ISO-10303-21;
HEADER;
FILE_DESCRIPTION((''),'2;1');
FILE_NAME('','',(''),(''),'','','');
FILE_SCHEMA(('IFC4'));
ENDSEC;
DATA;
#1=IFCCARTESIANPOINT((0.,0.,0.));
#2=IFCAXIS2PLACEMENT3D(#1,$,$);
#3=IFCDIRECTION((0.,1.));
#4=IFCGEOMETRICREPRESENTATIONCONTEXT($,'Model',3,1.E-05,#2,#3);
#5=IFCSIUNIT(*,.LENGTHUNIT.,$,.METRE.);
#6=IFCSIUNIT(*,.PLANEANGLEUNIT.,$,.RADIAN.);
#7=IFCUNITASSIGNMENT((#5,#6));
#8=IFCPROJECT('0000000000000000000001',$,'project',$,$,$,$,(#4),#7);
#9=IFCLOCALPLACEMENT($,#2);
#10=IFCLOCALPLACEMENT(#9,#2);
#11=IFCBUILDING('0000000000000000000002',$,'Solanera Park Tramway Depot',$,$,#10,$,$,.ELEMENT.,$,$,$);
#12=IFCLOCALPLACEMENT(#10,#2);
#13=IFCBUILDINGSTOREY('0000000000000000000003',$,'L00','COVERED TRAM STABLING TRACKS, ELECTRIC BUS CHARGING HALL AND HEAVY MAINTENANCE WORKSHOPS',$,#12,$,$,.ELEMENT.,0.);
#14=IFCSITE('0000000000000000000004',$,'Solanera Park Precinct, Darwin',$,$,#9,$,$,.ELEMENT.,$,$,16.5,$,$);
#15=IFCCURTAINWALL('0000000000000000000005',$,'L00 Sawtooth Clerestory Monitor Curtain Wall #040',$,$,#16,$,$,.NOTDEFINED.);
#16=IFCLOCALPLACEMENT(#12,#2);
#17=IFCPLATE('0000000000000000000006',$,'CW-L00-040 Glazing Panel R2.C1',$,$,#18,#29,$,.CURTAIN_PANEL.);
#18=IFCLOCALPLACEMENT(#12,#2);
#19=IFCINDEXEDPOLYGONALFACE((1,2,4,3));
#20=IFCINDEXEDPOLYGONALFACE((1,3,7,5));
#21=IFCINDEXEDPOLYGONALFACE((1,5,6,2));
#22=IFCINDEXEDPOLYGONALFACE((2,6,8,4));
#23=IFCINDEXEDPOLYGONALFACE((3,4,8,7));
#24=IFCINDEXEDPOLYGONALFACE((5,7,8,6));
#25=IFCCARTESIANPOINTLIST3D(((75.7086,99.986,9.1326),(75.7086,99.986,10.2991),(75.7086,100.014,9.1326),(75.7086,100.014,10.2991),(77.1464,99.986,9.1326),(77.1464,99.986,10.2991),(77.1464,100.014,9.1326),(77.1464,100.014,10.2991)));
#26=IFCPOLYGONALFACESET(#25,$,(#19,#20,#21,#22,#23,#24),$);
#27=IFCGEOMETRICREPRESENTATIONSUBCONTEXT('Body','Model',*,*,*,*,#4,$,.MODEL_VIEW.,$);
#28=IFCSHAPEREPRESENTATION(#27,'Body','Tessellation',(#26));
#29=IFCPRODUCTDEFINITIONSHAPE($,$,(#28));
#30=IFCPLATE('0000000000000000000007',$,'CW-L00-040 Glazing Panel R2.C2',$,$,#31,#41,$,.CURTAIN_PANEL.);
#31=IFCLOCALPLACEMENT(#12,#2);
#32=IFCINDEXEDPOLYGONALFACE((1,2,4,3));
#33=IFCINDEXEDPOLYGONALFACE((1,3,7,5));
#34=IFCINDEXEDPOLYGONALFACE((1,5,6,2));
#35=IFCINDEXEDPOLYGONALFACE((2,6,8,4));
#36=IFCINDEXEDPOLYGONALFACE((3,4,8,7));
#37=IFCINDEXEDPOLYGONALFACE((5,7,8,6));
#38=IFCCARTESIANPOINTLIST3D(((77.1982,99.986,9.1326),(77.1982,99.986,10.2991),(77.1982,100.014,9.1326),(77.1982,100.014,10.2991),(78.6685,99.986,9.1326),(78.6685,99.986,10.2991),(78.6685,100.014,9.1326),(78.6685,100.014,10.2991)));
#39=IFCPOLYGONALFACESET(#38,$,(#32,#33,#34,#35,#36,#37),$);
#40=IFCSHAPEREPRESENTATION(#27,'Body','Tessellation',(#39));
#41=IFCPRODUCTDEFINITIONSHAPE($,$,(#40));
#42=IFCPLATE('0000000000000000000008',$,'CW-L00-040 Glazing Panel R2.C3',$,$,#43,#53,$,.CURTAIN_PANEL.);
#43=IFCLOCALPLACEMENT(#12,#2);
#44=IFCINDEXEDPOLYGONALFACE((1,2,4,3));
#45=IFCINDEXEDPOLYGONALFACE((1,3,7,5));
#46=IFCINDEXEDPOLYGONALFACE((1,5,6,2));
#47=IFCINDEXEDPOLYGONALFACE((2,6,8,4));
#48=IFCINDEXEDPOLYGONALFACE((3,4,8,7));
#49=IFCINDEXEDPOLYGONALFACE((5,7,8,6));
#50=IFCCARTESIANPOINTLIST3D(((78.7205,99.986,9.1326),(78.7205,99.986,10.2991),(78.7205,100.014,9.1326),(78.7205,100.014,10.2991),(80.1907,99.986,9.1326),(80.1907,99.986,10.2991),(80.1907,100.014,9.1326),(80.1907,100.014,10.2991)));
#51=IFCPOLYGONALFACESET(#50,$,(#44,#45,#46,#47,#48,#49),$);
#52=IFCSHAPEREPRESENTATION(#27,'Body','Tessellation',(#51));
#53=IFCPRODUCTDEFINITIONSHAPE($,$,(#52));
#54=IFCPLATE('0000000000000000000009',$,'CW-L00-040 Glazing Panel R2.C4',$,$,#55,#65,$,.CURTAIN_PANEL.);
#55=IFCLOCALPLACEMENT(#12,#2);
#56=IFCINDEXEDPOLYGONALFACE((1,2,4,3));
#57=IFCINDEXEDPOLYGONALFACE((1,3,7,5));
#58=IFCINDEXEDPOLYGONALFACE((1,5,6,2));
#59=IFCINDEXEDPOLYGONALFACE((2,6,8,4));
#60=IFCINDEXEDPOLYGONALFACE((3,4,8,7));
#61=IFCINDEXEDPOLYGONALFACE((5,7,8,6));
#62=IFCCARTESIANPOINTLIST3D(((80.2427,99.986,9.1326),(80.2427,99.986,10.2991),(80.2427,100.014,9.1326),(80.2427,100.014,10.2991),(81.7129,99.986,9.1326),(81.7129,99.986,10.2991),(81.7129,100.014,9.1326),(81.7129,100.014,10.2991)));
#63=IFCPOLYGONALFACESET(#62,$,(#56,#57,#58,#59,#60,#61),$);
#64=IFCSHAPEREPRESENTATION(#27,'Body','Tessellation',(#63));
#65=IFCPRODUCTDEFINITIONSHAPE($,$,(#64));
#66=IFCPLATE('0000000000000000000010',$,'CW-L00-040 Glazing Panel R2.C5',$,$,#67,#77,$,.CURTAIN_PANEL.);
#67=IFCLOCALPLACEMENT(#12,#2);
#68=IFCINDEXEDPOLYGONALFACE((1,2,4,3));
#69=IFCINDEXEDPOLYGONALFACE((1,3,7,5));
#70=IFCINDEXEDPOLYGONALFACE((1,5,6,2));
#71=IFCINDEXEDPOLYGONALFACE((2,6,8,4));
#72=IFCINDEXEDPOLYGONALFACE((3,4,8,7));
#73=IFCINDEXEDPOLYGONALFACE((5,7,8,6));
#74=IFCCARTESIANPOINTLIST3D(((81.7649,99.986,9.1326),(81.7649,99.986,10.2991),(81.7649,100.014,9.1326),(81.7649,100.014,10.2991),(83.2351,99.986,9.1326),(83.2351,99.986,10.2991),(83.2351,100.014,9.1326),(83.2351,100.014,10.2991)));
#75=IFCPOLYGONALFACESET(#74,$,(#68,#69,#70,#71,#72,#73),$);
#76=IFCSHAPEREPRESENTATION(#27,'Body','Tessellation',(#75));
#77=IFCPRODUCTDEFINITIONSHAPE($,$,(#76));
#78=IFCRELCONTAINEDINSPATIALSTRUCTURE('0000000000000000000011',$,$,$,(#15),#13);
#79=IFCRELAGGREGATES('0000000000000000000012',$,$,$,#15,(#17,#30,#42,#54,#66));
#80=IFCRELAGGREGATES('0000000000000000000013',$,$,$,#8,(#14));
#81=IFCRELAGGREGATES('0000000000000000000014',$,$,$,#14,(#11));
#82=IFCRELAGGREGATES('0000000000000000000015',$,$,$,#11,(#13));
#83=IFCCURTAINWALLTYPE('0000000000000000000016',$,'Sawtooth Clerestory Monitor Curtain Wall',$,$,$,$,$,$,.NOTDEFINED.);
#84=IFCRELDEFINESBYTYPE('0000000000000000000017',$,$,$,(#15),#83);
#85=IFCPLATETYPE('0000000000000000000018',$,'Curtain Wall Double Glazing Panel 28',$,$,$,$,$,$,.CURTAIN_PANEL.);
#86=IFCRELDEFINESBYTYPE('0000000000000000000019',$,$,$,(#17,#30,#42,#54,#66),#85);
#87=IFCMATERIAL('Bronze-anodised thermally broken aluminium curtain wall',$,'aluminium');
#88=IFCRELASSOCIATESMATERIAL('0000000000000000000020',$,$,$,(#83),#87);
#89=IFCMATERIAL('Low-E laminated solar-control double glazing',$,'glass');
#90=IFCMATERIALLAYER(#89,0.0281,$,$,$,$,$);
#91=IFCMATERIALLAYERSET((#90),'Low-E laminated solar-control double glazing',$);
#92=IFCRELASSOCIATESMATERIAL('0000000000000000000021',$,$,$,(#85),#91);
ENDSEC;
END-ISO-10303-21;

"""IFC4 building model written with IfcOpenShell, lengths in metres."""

from ifc_helpers import new_model, si_unit, direction, frame, origin, origin_2d, place, context, subcontext, project, spatial, rectangle, extrude, material, layer, layer_set, type_object, element, aggregate, save


model = new_model("IFC4")

# Units and contexts
model_context = context("Model", 3, precision=1e-05, world=origin(), true_north=direction((0.0, 1.0)))
body_context = subcontext(model_context, "Body", "Model", "MODEL_VIEW")
ifc_project = project(units=[si_unit("LENGTHUNIT", "METRE"), si_unit("PLANEANGLEUNIT", "RADIAN")], contexts=[model_context])

# Site, building, storey
site_placement = place(None, origin())
site = spatial("IfcSite", under=ifc_project, at=site_placement, Name="Solanera Park Precinct, Darwin", CompositionType="ELEMENT", RefElevation=16.5)
building_placement = place(site_placement, origin())
building = spatial("IfcBuilding", under=site, at=building_placement, Name="Solanera Park Tramway Depot", CompositionType="ELEMENT")
storey_placement = place(building_placement, origin())
storey = spatial("IfcBuildingStorey", under=building, at=storey_placement, Name="L00", Description="COVERED TRAM STABLING TRACKS, ELECTRIC BUS CHARGING HALL AND HEAVY MAINTENANCE WORKSHOPS", CompositionType="ELEMENT", Elevation=0.0)

# Curtain wall
ifc_material_1 = material(Name="Bronze-anodised thermally broken aluminium curtain wall", Category="aluminium")
curtain_wall_type = type_object("IfcCurtainWallType", Name="Sawtooth Clerestory Monitor Curtain Wall", PredefinedType="NOTDEFINED", material=ifc_material_1)
curtain_wall_placement = place(storey_placement, origin())
curtain_wall = element("IfcCurtainWall", 1, at=curtain_wall_placement, inside=storey, type_object=curtain_wall_type, Name="L00 Sawtooth Clerestory Monitor Curtain Wall #040", PredefinedType="NOTDEFINED")

# Plates
ifc_material_2 = material(Name="Low-E laminated solar-control double glazing", Category="glass")
ifc_layer = layer(ifc_material_2, 0.0281)
ifc_layer_set = layer_set([ifc_layer], Name="Low-E laminated solar-control double glazing")
plate_type = type_object("IfcPlateType", Name="Curtain Wall Double Glazing Panel 28", PredefinedType="CURTAIN_PANEL", material=ifc_layer_set)
plate_1_placement = place(storey_placement, frame((76.4275, 100.0, 9.1326), z_axis=(0.0, 0.0, 1.0), x_axis=(1.0, 0.0, 0.0)))
plate_1 = element("IfcPlate", 2, at=plate_1_placement, type_object=plate_type, Name="CW-L00-040 Glazing Panel R2.C1", PredefinedType="CURTAIN_PANEL", context=body_context, shape_type="SweptSolid", body=[
    extrude(rectangle(XDim=1.4377, YDim=0.0281, at=origin_2d()), origin(), (0.0, 0.0, 1.0), 1.1665),
])
plate_2_placement = place(storey_placement, frame((77.9333, 100.0, 9.1326), z_axis=(0.0, 0.0, 1.0), x_axis=(1.0, 0.0, 0.0)))
plate_2 = element("IfcPlate", 3, at=plate_2_placement, type_object=plate_type, Name="CW-L00-040 Glazing Panel R2.C2", PredefinedType="CURTAIN_PANEL", context=body_context, shape_type="SweptSolid", body=[
    extrude(rectangle(XDim=1.4702, YDim=0.0281, at=origin_2d()), origin(), (0.0, 0.0, 1.0), 1.1665),
])
plate_3_placement = place(storey_placement, frame((79.4556, 100.0, 9.1326), z_axis=(0.0, 0.0, 1.0), x_axis=(1.0, 0.0, 0.0)))
plate_3 = element("IfcPlate", 4, at=plate_3_placement, type_object=plate_type, Name="CW-L00-040 Glazing Panel R2.C3", PredefinedType="CURTAIN_PANEL", context=body_context, shape_type="SweptSolid", body=[
    extrude(rectangle(XDim=1.4702, YDim=0.0281, at=origin_2d()), origin(), (0.0, 0.0, 1.0), 1.1665),
])
plate_4_placement = place(storey_placement, frame((80.9778, 100.0, 9.1326), z_axis=(0.0, 0.0, 1.0), x_axis=(1.0, 0.0, 0.0)))
plate_4 = element("IfcPlate", 5, at=plate_4_placement, type_object=plate_type, Name="CW-L00-040 Glazing Panel R2.C4", PredefinedType="CURTAIN_PANEL", context=body_context, shape_type="SweptSolid", body=[
    extrude(rectangle(XDim=1.4702, YDim=0.0281, at=origin_2d()), origin(), (0.0, 0.0, 1.0), 1.1665),
])
plate_5_placement = place(storey_placement, frame((82.5, 100.0, 9.1326), z_axis=(0.0, 0.0, 1.0), x_axis=(1.0, 0.0, 0.0)))
plate_5 = element("IfcPlate", 6, at=plate_5_placement, type_object=plate_type, Name="CW-L00-040 Glazing Panel R2.C5", PredefinedType="CURTAIN_PANEL", context=body_context, shape_type="SweptSolid", body=[
    extrude(rectangle(XDim=1.4702, YDim=0.0281, at=origin_2d()), origin(), (0.0, 0.0, 1.0), 1.1665),
])
aggregate(curtain_wall, [plate_1, plate_2, plate_3, plate_4, plate_5])

save(model, "model.ifc")
